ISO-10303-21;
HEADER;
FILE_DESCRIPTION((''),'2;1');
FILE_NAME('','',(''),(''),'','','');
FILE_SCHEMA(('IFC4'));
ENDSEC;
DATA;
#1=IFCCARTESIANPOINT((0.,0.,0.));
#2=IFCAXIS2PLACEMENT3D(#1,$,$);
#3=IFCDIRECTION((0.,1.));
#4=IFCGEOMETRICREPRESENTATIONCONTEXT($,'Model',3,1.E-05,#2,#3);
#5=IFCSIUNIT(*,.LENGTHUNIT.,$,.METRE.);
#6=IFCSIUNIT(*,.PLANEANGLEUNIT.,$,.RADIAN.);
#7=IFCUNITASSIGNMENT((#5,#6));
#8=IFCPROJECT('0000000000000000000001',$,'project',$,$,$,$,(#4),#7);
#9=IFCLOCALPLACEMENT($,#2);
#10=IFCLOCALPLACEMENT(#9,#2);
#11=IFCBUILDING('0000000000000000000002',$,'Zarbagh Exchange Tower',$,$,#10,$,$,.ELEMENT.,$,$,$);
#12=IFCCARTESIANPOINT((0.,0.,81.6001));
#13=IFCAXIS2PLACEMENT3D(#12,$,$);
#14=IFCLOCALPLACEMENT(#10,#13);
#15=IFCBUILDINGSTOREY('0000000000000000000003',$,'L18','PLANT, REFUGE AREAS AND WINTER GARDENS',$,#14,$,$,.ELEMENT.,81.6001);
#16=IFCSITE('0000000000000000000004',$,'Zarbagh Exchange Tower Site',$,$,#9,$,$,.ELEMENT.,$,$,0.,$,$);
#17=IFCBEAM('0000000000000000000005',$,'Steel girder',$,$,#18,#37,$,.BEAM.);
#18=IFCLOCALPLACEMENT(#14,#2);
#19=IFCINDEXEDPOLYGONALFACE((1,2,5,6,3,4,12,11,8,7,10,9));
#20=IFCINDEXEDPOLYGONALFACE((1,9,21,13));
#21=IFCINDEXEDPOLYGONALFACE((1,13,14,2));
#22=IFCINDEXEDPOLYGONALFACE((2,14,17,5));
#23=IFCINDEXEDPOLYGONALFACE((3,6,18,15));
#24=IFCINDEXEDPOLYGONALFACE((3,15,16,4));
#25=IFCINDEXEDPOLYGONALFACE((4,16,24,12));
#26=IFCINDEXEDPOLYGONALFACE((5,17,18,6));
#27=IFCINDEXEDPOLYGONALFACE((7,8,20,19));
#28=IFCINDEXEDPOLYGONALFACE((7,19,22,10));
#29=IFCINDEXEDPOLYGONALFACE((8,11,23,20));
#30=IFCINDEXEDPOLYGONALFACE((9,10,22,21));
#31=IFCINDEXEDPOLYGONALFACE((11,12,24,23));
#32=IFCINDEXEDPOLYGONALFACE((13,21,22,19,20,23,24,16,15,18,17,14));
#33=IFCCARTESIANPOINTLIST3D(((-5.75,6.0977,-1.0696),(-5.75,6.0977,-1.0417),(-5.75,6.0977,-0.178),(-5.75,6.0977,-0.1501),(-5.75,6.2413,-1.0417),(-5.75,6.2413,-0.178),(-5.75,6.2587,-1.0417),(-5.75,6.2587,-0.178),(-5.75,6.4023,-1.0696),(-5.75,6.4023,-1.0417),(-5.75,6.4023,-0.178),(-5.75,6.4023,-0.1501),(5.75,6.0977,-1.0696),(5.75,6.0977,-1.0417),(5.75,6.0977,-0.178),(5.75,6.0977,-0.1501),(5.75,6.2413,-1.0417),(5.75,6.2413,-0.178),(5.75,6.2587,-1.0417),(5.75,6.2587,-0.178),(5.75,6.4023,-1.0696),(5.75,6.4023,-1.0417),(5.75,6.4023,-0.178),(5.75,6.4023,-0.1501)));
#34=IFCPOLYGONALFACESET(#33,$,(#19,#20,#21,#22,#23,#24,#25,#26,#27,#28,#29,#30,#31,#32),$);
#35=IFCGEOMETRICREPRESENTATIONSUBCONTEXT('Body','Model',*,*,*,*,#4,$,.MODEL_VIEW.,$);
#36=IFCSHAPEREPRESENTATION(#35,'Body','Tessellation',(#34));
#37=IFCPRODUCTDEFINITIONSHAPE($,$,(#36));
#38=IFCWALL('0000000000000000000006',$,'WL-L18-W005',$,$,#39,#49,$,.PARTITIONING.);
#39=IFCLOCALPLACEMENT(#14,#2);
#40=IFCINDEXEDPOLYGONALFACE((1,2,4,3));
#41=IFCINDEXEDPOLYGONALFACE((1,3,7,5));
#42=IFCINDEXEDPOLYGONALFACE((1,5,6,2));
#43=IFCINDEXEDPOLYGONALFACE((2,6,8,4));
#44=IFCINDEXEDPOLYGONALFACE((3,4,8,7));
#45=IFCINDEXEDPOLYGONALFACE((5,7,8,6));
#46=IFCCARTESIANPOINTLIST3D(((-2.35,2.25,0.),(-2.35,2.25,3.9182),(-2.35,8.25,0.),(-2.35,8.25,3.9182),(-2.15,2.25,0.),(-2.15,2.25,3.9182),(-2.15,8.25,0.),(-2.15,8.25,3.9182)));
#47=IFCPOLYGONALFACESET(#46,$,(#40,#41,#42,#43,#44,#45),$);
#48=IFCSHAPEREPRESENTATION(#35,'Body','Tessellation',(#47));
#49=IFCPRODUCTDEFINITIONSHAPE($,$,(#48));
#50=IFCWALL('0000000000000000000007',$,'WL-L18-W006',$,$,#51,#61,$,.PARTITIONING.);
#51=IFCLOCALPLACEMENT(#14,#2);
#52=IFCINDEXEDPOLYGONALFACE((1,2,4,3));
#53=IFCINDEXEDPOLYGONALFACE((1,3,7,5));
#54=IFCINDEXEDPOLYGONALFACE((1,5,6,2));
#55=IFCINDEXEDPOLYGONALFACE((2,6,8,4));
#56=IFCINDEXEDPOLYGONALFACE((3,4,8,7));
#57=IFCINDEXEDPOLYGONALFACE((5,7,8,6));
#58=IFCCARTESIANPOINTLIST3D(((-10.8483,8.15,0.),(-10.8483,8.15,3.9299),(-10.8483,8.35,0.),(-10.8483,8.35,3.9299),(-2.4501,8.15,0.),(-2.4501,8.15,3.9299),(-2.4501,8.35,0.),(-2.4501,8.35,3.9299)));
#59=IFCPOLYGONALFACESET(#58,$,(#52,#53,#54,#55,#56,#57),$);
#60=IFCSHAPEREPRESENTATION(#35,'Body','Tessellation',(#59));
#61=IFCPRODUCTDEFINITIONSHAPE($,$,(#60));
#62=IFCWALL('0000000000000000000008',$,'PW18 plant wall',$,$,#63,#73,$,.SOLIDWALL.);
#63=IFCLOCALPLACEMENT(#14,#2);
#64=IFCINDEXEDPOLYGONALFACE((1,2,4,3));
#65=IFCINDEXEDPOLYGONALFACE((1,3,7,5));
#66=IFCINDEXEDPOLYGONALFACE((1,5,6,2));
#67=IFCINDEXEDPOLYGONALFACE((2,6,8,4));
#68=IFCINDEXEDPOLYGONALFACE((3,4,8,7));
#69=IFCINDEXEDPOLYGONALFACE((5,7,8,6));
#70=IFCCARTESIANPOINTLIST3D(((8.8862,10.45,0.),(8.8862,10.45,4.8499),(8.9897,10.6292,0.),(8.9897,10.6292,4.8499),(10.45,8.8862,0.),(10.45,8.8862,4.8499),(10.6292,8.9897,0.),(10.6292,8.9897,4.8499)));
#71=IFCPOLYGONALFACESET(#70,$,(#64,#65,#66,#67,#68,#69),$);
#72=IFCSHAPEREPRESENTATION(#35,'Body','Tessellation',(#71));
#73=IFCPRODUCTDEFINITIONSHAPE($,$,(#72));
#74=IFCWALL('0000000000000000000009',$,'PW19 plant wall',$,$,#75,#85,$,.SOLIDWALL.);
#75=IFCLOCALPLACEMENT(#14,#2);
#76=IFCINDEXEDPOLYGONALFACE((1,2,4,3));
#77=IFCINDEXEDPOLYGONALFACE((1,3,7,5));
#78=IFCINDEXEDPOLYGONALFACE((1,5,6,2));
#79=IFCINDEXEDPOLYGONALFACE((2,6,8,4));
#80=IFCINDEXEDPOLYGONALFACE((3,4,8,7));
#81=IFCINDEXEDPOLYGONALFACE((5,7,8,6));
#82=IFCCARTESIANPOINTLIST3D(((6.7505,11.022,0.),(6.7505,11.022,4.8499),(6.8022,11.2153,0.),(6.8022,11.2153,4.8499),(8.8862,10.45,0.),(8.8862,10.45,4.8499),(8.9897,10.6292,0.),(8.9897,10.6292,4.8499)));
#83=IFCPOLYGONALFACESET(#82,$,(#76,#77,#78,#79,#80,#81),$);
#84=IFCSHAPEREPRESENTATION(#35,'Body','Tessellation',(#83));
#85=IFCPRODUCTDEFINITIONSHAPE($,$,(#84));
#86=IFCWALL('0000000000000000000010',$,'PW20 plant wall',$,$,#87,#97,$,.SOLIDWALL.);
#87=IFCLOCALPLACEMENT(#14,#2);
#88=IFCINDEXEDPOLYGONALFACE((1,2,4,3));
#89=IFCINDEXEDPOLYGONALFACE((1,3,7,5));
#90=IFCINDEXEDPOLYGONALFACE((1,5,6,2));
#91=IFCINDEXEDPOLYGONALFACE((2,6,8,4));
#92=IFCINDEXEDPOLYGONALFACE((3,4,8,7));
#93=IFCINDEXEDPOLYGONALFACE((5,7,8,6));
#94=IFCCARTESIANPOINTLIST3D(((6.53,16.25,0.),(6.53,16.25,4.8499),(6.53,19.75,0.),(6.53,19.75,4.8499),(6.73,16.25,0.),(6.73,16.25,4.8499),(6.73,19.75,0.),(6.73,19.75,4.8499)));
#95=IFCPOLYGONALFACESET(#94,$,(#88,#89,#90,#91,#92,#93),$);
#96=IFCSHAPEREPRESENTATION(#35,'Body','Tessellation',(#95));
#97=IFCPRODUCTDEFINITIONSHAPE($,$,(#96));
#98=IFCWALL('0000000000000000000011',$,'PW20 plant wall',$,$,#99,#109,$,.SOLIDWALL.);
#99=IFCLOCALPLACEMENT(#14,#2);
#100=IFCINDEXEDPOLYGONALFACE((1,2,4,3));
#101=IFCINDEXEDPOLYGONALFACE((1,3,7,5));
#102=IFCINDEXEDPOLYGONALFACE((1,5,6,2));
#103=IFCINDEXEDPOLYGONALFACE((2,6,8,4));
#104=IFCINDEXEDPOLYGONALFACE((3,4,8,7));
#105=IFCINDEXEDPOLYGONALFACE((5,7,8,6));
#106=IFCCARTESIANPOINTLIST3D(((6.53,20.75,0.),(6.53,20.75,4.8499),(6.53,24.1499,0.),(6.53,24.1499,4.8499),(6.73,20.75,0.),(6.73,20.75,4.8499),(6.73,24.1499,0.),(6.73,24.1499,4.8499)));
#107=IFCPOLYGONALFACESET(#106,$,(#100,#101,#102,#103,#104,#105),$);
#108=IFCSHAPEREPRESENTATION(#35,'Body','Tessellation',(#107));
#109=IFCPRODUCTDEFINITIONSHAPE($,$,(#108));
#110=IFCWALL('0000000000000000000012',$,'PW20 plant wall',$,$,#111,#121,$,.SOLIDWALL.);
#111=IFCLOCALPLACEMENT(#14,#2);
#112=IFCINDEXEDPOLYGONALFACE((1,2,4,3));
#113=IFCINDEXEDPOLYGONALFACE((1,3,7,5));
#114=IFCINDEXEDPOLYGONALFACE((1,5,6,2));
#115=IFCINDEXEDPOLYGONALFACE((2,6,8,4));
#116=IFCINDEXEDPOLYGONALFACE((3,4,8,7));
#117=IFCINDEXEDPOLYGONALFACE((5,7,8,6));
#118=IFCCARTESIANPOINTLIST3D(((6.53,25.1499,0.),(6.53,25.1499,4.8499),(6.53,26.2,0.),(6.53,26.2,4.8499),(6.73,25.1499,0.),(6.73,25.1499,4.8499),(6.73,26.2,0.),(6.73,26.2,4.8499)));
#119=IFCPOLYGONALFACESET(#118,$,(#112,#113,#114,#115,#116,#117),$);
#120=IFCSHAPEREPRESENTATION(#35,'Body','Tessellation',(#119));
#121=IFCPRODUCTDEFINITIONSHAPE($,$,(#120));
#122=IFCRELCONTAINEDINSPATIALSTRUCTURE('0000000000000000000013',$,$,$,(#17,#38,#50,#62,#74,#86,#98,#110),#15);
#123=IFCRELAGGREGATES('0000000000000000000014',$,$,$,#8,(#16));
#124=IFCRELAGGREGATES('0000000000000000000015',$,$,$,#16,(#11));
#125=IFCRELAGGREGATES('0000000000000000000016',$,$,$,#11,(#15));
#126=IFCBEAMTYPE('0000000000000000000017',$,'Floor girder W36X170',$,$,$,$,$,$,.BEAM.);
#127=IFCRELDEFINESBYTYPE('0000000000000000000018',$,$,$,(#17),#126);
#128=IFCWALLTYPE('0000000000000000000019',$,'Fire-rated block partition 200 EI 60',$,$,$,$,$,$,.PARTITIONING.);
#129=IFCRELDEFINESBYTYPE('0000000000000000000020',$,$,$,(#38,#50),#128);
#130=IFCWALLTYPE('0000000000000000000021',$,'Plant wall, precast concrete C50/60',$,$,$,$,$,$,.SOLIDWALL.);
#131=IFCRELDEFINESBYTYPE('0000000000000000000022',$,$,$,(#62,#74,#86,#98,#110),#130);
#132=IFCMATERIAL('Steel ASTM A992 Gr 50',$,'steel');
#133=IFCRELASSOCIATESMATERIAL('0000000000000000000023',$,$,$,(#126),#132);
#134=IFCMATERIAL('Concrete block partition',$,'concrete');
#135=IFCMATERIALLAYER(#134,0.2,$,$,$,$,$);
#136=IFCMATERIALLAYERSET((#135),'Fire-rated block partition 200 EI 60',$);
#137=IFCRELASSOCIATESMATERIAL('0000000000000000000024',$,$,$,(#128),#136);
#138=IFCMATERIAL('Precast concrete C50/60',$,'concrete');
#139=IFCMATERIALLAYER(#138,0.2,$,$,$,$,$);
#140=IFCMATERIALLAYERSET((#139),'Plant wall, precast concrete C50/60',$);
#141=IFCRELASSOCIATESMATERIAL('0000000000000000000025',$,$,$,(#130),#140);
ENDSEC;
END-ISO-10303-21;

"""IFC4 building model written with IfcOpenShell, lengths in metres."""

from ifc_helpers import new_model, si_unit, direction, frame, frame_2d, origin, origin_2d, place, context, subcontext, project, spatial, polyline, rectangle, i_section, outline, extrude, material, layer, layer_set, material_profile, profile_set, type_object, element, save


model = new_model("IFC4")

# Units and contexts
model_context = context("Model", 3, precision=1e-05, world=origin(), true_north=direction((0.0, 1.0)))
body_context = subcontext(model_context, "Body", "Model", "MODEL_VIEW")
ifc_project = project(units=[si_unit("LENGTHUNIT", "METRE"), si_unit("PLANEANGLEUNIT", "RADIAN")], contexts=[model_context])

# Site, building, storey
site_placement = place(None, origin())
site = spatial("IfcSite", under=ifc_project, at=site_placement, Name="Zarbagh Exchange Tower Site", CompositionType="ELEMENT", RefElevation=0.0)
building_placement = place(site_placement, origin())
building = spatial("IfcBuilding", under=site, at=building_placement, Name="Zarbagh Exchange Tower", CompositionType="ELEMENT")
storey_placement = place(building_placement, frame((0.0, 0.0, 81.6001)))
storey = spatial("IfcBuildingStorey", under=building, at=storey_placement, Name="L18", Description="PLANT, REFUGE AREAS AND WINTER GARDENS", CompositionType="ELEMENT", Elevation=81.6001)

# Beam
ifc_material_1 = material(Name="Steel ASTM A992 Gr 50", Category="steel")
ifc_material_profile = material_profile(ifc_material_1, i_section(OverallWidth=0.3047, OverallDepth=0.9194, WebThickness=0.0173, FlangeThickness=0.0278, at=origin_2d()), Name="W36X170")
ifc_profile_set = profile_set([ifc_material_profile], Name="Steel ASTM A992 Gr 50")
beam_type = type_object("IfcBeamType", Name="Floor girder W36X170", PredefinedType="BEAM", material=ifc_profile_set)
beam_placement = place(storey_placement, frame((-5.75, 6.25, -0.6099), z_axis=(1.0, 0.0, 0.0), x_axis=(0.0, 1.0, 0.0)))
element("IfcBeam", 1, at=beam_placement, inside=storey, type_object=beam_type, Name="Steel girder", PredefinedType="BEAM", context=body_context, shape_type="SweptSolid", body=[
    extrude(i_section(OverallWidth=0.3047, OverallDepth=0.9194, WebThickness=0.0173, FlangeThickness=0.0278, at=origin_2d()), origin(), (0.0, 0.0, 1.0), 11.5),
])

# Walls
ifc_material_2 = material(Name="Concrete block partition", Category="concrete")
ifc_layer_1 = layer(ifc_material_2, 0.2)
ifc_layer_set_1 = layer_set([ifc_layer_1], Name="Fire-rated block partition 200 EI 60")
wall_type_1 = type_object("IfcWallType", Name="Fire-rated block partition 200 EI 60", PredefinedType="PARTITIONING", material=ifc_layer_set_1)
wall_1_placement = place(storey_placement, frame((-2.25, 2.25, 0.0), z_axis=(0.0, 0.0, 1.0), x_axis=(0.0, 1.0, 0.0)))
element("IfcWall", 2, at=wall_1_placement, inside=storey, type_object=wall_type_1, Name="WL-L18-W005", PredefinedType="PARTITIONING", context=body_context, shape_type="SweptSolid", body=[
    extrude(rectangle(XDim=6.0, YDim=0.2, at=frame_2d((3.0, 0.0))), origin(), (0.0, 0.0, 1.0), 3.9182),
])
wall_2_placement = place(storey_placement, frame((-2.45, 8.25, 0.0), z_axis=(0.0, 0.0, 1.0), x_axis=(-1.0, 0.0, 0.0)))
element("IfcWall", 3, at=wall_2_placement, inside=storey, type_object=wall_type_1, Name="WL-L18-W006", PredefinedType="PARTITIONING", context=body_context, shape_type="SweptSolid", body=[
    extrude(rectangle(XDim=8.3982, YDim=0.2, at=frame_2d((4.1992, 0.0))), origin(), (0.0, 0.0, 1.0), 3.9299),
])
ifc_material_3 = material(Name="Precast concrete C50/60", Category="concrete")
ifc_layer_2 = layer(ifc_material_3, 0.2)
ifc_layer_set_2 = layer_set([ifc_layer_2], Name="Plant wall, precast concrete C50/60")
wall_type_2 = type_object("IfcWallType", Name="Plant wall, precast concrete C50/60", PredefinedType="SOLIDWALL", material=ifc_layer_set_2)
wall_3_placement = place(storey_placement, origin())
element("IfcWall", 4, at=wall_3_placement, inside=storey, type_object=wall_type_2, Name="PW18 plant wall", PredefinedType="SOLIDWALL", context=body_context, shape_type="SweptSolid", body=[
    extrude(outline(polyline([(10.6292, 8.9897), (8.9897, 10.6292), (8.8862, 10.45), (10.45, 8.8862), (10.6292, 8.9897)])), origin(), (0.0, 0.0, 1.0), 4.8499),
])
wall_4_placement = place(storey_placement, origin())
element("IfcWall", 5, at=wall_4_placement, inside=storey, type_object=wall_type_2, Name="PW19 plant wall", PredefinedType="SOLIDWALL", context=body_context, shape_type="SweptSolid", body=[
    extrude(outline(polyline([(8.9897, 10.6292), (6.8022, 11.2153), (6.7505, 11.022), (8.8862, 10.45), (8.9897, 10.6292)])), origin(), (0.0, 0.0, 1.0), 4.8499),
])
wall_5_placement = place(storey_placement, origin())
element("IfcWall", 6, at=wall_5_placement, inside=storey, type_object=wall_type_2, Name="PW20 plant wall", PredefinedType="SOLIDWALL", context=body_context, shape_type="SweptSolid", body=[
    extrude(outline(polyline([(6.73, 16.25), (6.73, 19.75), (6.53, 19.75), (6.53, 16.25), (6.73, 16.25)])), origin(), (0.0, 0.0, 1.0), 4.8499),
])
wall_6_placement = place(storey_placement, origin())
element("IfcWall", 7, at=wall_6_placement, inside=storey, type_object=wall_type_2, Name="PW20 plant wall", PredefinedType="SOLIDWALL", context=body_context, shape_type="SweptSolid", body=[
    extrude(outline(polyline([(6.73, 20.75), (6.73, 24.1499), (6.53, 24.1499), (6.53, 20.75), (6.73, 20.75)])), origin(), (0.0, 0.0, 1.0), 4.8499),
])
wall_7_placement = place(storey_placement, origin())
element("IfcWall", 8, at=wall_7_placement, inside=storey, type_object=wall_type_2, Name="PW20 plant wall", PredefinedType="SOLIDWALL", context=body_context, shape_type="SweptSolid", body=[
    extrude(outline(polyline([(6.73, 25.1499), (6.73, 26.2), (6.53, 26.2), (6.53, 25.1499), (6.73, 25.1499)])), origin(), (0.0, 0.0, 1.0), 4.8499),
])

save(model, "model.ifc")
